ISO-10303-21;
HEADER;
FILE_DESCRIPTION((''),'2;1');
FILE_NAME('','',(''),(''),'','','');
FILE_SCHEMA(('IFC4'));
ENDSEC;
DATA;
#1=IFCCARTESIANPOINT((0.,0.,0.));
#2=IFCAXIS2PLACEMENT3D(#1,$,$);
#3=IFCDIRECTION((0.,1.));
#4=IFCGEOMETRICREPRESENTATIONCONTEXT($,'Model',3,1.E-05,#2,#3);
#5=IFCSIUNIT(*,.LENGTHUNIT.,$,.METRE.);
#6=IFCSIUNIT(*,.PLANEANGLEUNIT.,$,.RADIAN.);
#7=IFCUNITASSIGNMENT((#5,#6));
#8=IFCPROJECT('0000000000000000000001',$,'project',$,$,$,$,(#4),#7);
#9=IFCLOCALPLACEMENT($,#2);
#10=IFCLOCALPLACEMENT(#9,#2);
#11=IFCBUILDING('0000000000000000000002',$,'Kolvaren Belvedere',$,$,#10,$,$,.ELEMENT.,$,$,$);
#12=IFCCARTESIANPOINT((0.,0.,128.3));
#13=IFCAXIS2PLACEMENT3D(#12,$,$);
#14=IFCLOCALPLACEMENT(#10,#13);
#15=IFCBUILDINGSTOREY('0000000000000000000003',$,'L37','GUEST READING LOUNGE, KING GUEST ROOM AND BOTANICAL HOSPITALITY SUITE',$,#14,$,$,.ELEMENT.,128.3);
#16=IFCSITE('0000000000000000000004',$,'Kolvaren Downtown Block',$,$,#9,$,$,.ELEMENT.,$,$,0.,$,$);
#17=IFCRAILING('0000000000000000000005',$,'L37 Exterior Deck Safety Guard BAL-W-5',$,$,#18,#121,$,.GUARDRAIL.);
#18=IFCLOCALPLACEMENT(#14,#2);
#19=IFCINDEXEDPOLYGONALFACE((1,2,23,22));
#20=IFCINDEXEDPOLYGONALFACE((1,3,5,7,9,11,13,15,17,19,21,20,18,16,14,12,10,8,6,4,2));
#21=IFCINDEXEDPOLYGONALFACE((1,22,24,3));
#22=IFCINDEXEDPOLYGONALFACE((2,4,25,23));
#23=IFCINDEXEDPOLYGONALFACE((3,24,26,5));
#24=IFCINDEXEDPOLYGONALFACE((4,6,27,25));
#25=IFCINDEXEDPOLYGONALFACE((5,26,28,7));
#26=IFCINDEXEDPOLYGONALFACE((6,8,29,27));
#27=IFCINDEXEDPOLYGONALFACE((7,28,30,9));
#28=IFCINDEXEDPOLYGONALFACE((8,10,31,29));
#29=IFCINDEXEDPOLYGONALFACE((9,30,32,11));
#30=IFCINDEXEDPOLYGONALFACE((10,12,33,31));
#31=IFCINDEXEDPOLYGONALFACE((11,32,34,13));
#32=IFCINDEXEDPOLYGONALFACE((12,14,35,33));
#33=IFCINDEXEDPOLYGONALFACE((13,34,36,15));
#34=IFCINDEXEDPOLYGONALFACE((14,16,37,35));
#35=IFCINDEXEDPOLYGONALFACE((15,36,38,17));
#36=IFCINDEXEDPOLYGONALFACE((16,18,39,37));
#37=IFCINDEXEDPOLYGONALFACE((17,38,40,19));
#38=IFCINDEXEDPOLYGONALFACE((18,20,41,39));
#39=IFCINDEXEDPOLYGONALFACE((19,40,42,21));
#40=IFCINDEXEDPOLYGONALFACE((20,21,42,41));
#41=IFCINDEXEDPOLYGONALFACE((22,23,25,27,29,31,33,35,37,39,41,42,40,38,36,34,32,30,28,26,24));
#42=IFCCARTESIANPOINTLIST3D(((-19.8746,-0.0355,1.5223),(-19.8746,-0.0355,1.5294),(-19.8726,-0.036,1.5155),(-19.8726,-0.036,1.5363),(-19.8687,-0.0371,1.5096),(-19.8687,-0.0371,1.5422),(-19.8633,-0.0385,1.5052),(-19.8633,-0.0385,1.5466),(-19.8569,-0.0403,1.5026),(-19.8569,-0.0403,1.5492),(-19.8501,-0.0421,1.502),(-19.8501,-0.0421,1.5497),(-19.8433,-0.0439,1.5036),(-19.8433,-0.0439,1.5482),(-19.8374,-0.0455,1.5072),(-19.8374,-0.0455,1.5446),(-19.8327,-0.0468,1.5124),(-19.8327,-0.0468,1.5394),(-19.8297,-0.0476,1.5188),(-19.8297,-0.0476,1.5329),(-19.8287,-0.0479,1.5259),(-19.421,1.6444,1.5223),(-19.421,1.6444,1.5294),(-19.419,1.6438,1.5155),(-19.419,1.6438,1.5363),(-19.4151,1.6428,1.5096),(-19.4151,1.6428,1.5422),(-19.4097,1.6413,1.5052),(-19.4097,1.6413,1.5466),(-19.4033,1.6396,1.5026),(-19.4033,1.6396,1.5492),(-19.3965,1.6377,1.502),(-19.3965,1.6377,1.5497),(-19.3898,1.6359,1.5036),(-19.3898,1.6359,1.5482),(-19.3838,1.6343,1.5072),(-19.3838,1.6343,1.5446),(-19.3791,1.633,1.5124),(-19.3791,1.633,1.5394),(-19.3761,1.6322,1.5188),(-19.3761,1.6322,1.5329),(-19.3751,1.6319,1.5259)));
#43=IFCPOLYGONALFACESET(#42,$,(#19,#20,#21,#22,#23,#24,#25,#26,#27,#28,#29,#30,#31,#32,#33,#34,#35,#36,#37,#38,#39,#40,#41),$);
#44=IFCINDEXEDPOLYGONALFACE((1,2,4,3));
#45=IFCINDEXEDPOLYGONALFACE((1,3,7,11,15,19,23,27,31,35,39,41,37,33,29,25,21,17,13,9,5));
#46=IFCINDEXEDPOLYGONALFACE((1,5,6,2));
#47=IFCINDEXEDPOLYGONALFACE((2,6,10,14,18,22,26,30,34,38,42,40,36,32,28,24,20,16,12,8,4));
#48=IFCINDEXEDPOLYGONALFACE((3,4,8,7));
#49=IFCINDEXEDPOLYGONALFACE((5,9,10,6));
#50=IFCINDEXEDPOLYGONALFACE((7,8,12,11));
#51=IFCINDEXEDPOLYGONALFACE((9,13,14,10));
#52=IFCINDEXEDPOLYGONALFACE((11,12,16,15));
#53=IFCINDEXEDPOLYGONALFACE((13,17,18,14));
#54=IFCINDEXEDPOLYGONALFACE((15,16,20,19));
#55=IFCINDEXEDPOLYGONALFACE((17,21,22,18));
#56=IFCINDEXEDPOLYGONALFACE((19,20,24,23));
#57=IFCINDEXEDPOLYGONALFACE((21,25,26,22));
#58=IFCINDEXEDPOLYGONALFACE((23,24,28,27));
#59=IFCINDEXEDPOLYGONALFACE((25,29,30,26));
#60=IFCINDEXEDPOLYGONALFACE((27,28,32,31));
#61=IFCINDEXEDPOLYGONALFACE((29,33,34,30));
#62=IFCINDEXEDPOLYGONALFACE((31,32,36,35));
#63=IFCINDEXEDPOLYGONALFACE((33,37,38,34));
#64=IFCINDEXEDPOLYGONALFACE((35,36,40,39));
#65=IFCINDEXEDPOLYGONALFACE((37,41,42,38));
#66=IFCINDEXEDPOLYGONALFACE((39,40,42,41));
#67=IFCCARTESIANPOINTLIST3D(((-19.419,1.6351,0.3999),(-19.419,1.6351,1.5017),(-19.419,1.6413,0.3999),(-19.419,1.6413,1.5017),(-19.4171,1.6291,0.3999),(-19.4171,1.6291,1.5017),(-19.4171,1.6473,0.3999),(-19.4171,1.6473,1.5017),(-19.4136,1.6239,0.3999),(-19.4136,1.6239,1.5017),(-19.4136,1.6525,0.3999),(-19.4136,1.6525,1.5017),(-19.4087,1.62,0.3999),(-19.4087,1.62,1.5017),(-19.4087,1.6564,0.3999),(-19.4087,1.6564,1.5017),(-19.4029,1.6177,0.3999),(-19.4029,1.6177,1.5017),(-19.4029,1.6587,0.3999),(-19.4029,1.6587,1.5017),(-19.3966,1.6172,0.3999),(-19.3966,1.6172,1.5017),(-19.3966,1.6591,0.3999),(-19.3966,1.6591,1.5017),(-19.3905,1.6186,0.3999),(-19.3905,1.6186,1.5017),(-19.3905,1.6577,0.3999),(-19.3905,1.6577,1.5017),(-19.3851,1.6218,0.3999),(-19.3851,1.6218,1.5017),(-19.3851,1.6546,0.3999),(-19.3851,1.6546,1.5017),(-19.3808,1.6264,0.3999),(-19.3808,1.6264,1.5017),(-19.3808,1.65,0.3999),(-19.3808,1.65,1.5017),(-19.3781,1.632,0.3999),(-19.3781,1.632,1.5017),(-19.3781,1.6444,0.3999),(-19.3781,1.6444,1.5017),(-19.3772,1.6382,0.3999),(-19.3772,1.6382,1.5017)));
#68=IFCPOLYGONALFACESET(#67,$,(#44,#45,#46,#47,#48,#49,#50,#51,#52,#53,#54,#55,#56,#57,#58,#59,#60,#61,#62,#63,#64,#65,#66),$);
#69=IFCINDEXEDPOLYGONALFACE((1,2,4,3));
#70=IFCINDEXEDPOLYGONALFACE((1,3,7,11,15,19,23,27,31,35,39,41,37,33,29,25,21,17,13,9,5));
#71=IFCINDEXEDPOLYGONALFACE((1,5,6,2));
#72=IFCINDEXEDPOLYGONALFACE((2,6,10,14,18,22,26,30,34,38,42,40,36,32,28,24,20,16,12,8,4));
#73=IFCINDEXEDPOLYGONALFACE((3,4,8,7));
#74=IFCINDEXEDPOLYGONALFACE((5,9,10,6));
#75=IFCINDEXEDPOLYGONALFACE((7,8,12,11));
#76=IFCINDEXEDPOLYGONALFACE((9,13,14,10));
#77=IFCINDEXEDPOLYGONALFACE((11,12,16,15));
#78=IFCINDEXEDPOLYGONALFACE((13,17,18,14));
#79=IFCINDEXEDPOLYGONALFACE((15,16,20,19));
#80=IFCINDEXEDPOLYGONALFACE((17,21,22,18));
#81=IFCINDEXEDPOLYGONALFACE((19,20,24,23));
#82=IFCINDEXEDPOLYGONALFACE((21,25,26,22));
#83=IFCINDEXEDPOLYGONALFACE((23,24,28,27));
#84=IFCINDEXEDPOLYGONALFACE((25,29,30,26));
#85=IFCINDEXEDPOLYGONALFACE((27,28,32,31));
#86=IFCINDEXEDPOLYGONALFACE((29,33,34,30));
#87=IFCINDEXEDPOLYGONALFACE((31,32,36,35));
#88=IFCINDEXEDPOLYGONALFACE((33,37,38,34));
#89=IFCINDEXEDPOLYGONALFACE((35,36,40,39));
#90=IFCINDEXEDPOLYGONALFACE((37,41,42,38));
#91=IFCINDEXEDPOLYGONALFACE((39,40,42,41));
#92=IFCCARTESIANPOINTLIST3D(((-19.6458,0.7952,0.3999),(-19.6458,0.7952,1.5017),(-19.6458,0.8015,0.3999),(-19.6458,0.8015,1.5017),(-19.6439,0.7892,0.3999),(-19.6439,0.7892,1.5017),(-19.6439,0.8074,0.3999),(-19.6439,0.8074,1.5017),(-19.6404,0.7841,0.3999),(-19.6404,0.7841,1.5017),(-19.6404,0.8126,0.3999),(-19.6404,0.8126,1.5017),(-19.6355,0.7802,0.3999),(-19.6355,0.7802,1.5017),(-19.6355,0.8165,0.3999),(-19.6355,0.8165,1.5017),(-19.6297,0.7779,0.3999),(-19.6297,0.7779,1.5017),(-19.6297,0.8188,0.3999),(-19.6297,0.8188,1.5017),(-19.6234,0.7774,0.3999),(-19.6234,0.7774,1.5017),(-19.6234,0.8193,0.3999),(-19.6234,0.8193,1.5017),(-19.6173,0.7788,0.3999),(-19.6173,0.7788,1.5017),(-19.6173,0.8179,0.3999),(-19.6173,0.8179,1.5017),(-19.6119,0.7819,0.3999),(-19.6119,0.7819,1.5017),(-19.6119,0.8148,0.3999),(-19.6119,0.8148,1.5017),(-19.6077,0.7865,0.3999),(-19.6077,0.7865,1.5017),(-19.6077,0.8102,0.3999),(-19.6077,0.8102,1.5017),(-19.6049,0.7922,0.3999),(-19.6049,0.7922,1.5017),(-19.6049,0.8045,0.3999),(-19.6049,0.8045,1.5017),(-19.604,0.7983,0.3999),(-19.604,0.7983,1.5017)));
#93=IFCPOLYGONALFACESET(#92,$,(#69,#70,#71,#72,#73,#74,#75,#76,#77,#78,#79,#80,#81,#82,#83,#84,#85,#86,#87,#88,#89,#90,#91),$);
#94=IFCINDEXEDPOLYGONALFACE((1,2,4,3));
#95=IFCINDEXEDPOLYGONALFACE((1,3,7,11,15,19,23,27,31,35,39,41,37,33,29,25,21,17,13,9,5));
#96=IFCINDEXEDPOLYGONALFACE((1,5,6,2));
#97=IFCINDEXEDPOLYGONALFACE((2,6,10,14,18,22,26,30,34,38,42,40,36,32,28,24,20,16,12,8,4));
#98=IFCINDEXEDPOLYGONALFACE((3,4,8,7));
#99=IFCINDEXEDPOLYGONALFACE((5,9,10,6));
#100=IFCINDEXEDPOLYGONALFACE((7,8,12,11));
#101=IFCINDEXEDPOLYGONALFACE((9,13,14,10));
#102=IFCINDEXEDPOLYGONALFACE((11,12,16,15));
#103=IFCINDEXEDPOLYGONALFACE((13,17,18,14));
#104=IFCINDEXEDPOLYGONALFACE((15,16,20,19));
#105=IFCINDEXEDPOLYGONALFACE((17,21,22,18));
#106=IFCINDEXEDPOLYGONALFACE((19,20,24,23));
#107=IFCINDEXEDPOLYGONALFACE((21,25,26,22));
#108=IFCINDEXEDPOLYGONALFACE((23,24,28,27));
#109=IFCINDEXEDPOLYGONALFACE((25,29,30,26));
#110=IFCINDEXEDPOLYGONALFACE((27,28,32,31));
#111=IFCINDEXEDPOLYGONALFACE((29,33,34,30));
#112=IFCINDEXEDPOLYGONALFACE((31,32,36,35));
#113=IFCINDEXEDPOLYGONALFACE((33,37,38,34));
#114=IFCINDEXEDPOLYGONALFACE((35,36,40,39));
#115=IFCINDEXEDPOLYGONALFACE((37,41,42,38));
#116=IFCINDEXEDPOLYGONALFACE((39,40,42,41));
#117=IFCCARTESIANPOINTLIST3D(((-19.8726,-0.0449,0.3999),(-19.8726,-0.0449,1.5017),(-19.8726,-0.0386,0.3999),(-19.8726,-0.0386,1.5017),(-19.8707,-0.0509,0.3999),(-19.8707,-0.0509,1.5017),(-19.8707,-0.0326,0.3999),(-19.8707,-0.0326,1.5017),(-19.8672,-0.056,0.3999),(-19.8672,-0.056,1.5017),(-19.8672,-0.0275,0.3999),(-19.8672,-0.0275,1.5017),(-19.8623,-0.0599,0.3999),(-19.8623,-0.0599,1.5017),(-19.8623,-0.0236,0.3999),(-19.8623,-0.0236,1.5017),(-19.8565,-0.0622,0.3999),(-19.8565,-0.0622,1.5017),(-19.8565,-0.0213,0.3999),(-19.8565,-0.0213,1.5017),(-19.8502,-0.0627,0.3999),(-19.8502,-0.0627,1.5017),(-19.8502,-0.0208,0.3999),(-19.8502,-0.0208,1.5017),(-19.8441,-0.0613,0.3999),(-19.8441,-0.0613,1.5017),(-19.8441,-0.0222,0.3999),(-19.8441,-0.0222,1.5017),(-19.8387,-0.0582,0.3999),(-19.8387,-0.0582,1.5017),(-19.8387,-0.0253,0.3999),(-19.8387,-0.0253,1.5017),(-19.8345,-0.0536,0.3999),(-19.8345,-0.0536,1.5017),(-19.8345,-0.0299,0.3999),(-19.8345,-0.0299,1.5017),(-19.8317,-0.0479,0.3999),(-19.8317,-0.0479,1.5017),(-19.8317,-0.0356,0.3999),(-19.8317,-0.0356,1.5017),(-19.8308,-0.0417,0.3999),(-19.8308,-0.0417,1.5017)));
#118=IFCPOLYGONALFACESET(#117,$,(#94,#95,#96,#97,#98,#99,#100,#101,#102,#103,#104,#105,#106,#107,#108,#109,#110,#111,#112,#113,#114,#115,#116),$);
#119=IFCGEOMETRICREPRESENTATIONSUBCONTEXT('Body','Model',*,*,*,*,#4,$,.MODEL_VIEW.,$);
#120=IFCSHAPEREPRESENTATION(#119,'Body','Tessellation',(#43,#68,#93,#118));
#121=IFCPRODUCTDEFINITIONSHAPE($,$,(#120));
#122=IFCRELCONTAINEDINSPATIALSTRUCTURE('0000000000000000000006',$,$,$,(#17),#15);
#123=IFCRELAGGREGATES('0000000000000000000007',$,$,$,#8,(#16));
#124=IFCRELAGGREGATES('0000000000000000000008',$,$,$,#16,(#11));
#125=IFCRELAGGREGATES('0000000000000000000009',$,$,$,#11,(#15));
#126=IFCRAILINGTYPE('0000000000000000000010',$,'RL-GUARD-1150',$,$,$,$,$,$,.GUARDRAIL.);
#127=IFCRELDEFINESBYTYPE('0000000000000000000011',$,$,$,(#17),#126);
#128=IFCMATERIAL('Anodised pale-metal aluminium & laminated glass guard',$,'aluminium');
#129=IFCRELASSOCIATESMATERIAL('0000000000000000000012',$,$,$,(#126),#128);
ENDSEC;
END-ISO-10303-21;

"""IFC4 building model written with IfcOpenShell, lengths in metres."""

from ifc_helpers import new_model, si_unit, direction, frame, origin, origin_2d, place, context, subcontext, project, spatial, circle, extrude, material, type_object, element, save


model = new_model("IFC4")

# Units and contexts
model_context = context("Model", 3, precision=1e-05, world=origin(), true_north=direction((0.0, 1.0)))
body_context = subcontext(model_context, "Body", "Model", "MODEL_VIEW")
ifc_project = project(units=[si_unit("LENGTHUNIT", "METRE"), si_unit("PLANEANGLEUNIT", "RADIAN")], contexts=[model_context])

# Site, building, storey
site_placement = place(None, origin())
site = spatial("IfcSite", under=ifc_project, at=site_placement, Name="Kolvaren Downtown Block", CompositionType="ELEMENT", RefElevation=0.0)
building_placement = place(site_placement, origin())
building = spatial("IfcBuilding", under=site, at=building_placement, Name="Kolvaren Belvedere", CompositionType="ELEMENT")
storey_placement = place(building_placement, frame((0.0, 0.0, 128.3)))
storey = spatial("IfcBuildingStorey", under=building, at=storey_placement, Name="L37", Description="GUEST READING LOUNGE, KING GUEST ROOM AND BOTANICAL HOSPITALITY SUITE", CompositionType="ELEMENT", Elevation=128.3)

# Railing
ifc_material_1 = material(Name="Anodised pale-metal aluminium & laminated glass guard", Category="aluminium")
railing_type = type_object("IfcRailingType", Name="RL-GUARD-1150", PredefinedType="GUARDRAIL", material=ifc_material_1)
railing_1_placement = place(storey_placement, frame((-19.3982, 1.6382, 0.3999)))
element("IfcRailing", 1, at=railing_1_placement, inside=storey, type_object=railing_type, Name="L37 Exterior Deck Safety Guard BAL-W-5", PredefinedType="GUARDRAIL", context=body_context, shape_type="SweptSolid", body=[
    extrude(circle(Radius=0.0239, at=origin_2d()), frame((0.0, 0.0, 1.126), z_axis=(-0.260683, -0.965424, 0.0), x_axis=(0.965424, -0.260683, 0.0)), (0.0, 0.0, 1.0), 1.74),
    extrude(circle(Radius=0.021, at=origin_2d()), origin(), (0.0, 0.0, 1.0), 1.1018),
    extrude(circle(Radius=0.021, at=origin_2d()), frame((-0.2268, -0.8398, 0.0)), (0.0, 0.0, 1.0), 1.1018),
    extrude(circle(Radius=0.021, at=origin_2d()), frame((-0.4536, -1.6799, 0.0)), (0.0, 0.0, 1.0), 1.1018),
])

save(model, "model.ifc")
